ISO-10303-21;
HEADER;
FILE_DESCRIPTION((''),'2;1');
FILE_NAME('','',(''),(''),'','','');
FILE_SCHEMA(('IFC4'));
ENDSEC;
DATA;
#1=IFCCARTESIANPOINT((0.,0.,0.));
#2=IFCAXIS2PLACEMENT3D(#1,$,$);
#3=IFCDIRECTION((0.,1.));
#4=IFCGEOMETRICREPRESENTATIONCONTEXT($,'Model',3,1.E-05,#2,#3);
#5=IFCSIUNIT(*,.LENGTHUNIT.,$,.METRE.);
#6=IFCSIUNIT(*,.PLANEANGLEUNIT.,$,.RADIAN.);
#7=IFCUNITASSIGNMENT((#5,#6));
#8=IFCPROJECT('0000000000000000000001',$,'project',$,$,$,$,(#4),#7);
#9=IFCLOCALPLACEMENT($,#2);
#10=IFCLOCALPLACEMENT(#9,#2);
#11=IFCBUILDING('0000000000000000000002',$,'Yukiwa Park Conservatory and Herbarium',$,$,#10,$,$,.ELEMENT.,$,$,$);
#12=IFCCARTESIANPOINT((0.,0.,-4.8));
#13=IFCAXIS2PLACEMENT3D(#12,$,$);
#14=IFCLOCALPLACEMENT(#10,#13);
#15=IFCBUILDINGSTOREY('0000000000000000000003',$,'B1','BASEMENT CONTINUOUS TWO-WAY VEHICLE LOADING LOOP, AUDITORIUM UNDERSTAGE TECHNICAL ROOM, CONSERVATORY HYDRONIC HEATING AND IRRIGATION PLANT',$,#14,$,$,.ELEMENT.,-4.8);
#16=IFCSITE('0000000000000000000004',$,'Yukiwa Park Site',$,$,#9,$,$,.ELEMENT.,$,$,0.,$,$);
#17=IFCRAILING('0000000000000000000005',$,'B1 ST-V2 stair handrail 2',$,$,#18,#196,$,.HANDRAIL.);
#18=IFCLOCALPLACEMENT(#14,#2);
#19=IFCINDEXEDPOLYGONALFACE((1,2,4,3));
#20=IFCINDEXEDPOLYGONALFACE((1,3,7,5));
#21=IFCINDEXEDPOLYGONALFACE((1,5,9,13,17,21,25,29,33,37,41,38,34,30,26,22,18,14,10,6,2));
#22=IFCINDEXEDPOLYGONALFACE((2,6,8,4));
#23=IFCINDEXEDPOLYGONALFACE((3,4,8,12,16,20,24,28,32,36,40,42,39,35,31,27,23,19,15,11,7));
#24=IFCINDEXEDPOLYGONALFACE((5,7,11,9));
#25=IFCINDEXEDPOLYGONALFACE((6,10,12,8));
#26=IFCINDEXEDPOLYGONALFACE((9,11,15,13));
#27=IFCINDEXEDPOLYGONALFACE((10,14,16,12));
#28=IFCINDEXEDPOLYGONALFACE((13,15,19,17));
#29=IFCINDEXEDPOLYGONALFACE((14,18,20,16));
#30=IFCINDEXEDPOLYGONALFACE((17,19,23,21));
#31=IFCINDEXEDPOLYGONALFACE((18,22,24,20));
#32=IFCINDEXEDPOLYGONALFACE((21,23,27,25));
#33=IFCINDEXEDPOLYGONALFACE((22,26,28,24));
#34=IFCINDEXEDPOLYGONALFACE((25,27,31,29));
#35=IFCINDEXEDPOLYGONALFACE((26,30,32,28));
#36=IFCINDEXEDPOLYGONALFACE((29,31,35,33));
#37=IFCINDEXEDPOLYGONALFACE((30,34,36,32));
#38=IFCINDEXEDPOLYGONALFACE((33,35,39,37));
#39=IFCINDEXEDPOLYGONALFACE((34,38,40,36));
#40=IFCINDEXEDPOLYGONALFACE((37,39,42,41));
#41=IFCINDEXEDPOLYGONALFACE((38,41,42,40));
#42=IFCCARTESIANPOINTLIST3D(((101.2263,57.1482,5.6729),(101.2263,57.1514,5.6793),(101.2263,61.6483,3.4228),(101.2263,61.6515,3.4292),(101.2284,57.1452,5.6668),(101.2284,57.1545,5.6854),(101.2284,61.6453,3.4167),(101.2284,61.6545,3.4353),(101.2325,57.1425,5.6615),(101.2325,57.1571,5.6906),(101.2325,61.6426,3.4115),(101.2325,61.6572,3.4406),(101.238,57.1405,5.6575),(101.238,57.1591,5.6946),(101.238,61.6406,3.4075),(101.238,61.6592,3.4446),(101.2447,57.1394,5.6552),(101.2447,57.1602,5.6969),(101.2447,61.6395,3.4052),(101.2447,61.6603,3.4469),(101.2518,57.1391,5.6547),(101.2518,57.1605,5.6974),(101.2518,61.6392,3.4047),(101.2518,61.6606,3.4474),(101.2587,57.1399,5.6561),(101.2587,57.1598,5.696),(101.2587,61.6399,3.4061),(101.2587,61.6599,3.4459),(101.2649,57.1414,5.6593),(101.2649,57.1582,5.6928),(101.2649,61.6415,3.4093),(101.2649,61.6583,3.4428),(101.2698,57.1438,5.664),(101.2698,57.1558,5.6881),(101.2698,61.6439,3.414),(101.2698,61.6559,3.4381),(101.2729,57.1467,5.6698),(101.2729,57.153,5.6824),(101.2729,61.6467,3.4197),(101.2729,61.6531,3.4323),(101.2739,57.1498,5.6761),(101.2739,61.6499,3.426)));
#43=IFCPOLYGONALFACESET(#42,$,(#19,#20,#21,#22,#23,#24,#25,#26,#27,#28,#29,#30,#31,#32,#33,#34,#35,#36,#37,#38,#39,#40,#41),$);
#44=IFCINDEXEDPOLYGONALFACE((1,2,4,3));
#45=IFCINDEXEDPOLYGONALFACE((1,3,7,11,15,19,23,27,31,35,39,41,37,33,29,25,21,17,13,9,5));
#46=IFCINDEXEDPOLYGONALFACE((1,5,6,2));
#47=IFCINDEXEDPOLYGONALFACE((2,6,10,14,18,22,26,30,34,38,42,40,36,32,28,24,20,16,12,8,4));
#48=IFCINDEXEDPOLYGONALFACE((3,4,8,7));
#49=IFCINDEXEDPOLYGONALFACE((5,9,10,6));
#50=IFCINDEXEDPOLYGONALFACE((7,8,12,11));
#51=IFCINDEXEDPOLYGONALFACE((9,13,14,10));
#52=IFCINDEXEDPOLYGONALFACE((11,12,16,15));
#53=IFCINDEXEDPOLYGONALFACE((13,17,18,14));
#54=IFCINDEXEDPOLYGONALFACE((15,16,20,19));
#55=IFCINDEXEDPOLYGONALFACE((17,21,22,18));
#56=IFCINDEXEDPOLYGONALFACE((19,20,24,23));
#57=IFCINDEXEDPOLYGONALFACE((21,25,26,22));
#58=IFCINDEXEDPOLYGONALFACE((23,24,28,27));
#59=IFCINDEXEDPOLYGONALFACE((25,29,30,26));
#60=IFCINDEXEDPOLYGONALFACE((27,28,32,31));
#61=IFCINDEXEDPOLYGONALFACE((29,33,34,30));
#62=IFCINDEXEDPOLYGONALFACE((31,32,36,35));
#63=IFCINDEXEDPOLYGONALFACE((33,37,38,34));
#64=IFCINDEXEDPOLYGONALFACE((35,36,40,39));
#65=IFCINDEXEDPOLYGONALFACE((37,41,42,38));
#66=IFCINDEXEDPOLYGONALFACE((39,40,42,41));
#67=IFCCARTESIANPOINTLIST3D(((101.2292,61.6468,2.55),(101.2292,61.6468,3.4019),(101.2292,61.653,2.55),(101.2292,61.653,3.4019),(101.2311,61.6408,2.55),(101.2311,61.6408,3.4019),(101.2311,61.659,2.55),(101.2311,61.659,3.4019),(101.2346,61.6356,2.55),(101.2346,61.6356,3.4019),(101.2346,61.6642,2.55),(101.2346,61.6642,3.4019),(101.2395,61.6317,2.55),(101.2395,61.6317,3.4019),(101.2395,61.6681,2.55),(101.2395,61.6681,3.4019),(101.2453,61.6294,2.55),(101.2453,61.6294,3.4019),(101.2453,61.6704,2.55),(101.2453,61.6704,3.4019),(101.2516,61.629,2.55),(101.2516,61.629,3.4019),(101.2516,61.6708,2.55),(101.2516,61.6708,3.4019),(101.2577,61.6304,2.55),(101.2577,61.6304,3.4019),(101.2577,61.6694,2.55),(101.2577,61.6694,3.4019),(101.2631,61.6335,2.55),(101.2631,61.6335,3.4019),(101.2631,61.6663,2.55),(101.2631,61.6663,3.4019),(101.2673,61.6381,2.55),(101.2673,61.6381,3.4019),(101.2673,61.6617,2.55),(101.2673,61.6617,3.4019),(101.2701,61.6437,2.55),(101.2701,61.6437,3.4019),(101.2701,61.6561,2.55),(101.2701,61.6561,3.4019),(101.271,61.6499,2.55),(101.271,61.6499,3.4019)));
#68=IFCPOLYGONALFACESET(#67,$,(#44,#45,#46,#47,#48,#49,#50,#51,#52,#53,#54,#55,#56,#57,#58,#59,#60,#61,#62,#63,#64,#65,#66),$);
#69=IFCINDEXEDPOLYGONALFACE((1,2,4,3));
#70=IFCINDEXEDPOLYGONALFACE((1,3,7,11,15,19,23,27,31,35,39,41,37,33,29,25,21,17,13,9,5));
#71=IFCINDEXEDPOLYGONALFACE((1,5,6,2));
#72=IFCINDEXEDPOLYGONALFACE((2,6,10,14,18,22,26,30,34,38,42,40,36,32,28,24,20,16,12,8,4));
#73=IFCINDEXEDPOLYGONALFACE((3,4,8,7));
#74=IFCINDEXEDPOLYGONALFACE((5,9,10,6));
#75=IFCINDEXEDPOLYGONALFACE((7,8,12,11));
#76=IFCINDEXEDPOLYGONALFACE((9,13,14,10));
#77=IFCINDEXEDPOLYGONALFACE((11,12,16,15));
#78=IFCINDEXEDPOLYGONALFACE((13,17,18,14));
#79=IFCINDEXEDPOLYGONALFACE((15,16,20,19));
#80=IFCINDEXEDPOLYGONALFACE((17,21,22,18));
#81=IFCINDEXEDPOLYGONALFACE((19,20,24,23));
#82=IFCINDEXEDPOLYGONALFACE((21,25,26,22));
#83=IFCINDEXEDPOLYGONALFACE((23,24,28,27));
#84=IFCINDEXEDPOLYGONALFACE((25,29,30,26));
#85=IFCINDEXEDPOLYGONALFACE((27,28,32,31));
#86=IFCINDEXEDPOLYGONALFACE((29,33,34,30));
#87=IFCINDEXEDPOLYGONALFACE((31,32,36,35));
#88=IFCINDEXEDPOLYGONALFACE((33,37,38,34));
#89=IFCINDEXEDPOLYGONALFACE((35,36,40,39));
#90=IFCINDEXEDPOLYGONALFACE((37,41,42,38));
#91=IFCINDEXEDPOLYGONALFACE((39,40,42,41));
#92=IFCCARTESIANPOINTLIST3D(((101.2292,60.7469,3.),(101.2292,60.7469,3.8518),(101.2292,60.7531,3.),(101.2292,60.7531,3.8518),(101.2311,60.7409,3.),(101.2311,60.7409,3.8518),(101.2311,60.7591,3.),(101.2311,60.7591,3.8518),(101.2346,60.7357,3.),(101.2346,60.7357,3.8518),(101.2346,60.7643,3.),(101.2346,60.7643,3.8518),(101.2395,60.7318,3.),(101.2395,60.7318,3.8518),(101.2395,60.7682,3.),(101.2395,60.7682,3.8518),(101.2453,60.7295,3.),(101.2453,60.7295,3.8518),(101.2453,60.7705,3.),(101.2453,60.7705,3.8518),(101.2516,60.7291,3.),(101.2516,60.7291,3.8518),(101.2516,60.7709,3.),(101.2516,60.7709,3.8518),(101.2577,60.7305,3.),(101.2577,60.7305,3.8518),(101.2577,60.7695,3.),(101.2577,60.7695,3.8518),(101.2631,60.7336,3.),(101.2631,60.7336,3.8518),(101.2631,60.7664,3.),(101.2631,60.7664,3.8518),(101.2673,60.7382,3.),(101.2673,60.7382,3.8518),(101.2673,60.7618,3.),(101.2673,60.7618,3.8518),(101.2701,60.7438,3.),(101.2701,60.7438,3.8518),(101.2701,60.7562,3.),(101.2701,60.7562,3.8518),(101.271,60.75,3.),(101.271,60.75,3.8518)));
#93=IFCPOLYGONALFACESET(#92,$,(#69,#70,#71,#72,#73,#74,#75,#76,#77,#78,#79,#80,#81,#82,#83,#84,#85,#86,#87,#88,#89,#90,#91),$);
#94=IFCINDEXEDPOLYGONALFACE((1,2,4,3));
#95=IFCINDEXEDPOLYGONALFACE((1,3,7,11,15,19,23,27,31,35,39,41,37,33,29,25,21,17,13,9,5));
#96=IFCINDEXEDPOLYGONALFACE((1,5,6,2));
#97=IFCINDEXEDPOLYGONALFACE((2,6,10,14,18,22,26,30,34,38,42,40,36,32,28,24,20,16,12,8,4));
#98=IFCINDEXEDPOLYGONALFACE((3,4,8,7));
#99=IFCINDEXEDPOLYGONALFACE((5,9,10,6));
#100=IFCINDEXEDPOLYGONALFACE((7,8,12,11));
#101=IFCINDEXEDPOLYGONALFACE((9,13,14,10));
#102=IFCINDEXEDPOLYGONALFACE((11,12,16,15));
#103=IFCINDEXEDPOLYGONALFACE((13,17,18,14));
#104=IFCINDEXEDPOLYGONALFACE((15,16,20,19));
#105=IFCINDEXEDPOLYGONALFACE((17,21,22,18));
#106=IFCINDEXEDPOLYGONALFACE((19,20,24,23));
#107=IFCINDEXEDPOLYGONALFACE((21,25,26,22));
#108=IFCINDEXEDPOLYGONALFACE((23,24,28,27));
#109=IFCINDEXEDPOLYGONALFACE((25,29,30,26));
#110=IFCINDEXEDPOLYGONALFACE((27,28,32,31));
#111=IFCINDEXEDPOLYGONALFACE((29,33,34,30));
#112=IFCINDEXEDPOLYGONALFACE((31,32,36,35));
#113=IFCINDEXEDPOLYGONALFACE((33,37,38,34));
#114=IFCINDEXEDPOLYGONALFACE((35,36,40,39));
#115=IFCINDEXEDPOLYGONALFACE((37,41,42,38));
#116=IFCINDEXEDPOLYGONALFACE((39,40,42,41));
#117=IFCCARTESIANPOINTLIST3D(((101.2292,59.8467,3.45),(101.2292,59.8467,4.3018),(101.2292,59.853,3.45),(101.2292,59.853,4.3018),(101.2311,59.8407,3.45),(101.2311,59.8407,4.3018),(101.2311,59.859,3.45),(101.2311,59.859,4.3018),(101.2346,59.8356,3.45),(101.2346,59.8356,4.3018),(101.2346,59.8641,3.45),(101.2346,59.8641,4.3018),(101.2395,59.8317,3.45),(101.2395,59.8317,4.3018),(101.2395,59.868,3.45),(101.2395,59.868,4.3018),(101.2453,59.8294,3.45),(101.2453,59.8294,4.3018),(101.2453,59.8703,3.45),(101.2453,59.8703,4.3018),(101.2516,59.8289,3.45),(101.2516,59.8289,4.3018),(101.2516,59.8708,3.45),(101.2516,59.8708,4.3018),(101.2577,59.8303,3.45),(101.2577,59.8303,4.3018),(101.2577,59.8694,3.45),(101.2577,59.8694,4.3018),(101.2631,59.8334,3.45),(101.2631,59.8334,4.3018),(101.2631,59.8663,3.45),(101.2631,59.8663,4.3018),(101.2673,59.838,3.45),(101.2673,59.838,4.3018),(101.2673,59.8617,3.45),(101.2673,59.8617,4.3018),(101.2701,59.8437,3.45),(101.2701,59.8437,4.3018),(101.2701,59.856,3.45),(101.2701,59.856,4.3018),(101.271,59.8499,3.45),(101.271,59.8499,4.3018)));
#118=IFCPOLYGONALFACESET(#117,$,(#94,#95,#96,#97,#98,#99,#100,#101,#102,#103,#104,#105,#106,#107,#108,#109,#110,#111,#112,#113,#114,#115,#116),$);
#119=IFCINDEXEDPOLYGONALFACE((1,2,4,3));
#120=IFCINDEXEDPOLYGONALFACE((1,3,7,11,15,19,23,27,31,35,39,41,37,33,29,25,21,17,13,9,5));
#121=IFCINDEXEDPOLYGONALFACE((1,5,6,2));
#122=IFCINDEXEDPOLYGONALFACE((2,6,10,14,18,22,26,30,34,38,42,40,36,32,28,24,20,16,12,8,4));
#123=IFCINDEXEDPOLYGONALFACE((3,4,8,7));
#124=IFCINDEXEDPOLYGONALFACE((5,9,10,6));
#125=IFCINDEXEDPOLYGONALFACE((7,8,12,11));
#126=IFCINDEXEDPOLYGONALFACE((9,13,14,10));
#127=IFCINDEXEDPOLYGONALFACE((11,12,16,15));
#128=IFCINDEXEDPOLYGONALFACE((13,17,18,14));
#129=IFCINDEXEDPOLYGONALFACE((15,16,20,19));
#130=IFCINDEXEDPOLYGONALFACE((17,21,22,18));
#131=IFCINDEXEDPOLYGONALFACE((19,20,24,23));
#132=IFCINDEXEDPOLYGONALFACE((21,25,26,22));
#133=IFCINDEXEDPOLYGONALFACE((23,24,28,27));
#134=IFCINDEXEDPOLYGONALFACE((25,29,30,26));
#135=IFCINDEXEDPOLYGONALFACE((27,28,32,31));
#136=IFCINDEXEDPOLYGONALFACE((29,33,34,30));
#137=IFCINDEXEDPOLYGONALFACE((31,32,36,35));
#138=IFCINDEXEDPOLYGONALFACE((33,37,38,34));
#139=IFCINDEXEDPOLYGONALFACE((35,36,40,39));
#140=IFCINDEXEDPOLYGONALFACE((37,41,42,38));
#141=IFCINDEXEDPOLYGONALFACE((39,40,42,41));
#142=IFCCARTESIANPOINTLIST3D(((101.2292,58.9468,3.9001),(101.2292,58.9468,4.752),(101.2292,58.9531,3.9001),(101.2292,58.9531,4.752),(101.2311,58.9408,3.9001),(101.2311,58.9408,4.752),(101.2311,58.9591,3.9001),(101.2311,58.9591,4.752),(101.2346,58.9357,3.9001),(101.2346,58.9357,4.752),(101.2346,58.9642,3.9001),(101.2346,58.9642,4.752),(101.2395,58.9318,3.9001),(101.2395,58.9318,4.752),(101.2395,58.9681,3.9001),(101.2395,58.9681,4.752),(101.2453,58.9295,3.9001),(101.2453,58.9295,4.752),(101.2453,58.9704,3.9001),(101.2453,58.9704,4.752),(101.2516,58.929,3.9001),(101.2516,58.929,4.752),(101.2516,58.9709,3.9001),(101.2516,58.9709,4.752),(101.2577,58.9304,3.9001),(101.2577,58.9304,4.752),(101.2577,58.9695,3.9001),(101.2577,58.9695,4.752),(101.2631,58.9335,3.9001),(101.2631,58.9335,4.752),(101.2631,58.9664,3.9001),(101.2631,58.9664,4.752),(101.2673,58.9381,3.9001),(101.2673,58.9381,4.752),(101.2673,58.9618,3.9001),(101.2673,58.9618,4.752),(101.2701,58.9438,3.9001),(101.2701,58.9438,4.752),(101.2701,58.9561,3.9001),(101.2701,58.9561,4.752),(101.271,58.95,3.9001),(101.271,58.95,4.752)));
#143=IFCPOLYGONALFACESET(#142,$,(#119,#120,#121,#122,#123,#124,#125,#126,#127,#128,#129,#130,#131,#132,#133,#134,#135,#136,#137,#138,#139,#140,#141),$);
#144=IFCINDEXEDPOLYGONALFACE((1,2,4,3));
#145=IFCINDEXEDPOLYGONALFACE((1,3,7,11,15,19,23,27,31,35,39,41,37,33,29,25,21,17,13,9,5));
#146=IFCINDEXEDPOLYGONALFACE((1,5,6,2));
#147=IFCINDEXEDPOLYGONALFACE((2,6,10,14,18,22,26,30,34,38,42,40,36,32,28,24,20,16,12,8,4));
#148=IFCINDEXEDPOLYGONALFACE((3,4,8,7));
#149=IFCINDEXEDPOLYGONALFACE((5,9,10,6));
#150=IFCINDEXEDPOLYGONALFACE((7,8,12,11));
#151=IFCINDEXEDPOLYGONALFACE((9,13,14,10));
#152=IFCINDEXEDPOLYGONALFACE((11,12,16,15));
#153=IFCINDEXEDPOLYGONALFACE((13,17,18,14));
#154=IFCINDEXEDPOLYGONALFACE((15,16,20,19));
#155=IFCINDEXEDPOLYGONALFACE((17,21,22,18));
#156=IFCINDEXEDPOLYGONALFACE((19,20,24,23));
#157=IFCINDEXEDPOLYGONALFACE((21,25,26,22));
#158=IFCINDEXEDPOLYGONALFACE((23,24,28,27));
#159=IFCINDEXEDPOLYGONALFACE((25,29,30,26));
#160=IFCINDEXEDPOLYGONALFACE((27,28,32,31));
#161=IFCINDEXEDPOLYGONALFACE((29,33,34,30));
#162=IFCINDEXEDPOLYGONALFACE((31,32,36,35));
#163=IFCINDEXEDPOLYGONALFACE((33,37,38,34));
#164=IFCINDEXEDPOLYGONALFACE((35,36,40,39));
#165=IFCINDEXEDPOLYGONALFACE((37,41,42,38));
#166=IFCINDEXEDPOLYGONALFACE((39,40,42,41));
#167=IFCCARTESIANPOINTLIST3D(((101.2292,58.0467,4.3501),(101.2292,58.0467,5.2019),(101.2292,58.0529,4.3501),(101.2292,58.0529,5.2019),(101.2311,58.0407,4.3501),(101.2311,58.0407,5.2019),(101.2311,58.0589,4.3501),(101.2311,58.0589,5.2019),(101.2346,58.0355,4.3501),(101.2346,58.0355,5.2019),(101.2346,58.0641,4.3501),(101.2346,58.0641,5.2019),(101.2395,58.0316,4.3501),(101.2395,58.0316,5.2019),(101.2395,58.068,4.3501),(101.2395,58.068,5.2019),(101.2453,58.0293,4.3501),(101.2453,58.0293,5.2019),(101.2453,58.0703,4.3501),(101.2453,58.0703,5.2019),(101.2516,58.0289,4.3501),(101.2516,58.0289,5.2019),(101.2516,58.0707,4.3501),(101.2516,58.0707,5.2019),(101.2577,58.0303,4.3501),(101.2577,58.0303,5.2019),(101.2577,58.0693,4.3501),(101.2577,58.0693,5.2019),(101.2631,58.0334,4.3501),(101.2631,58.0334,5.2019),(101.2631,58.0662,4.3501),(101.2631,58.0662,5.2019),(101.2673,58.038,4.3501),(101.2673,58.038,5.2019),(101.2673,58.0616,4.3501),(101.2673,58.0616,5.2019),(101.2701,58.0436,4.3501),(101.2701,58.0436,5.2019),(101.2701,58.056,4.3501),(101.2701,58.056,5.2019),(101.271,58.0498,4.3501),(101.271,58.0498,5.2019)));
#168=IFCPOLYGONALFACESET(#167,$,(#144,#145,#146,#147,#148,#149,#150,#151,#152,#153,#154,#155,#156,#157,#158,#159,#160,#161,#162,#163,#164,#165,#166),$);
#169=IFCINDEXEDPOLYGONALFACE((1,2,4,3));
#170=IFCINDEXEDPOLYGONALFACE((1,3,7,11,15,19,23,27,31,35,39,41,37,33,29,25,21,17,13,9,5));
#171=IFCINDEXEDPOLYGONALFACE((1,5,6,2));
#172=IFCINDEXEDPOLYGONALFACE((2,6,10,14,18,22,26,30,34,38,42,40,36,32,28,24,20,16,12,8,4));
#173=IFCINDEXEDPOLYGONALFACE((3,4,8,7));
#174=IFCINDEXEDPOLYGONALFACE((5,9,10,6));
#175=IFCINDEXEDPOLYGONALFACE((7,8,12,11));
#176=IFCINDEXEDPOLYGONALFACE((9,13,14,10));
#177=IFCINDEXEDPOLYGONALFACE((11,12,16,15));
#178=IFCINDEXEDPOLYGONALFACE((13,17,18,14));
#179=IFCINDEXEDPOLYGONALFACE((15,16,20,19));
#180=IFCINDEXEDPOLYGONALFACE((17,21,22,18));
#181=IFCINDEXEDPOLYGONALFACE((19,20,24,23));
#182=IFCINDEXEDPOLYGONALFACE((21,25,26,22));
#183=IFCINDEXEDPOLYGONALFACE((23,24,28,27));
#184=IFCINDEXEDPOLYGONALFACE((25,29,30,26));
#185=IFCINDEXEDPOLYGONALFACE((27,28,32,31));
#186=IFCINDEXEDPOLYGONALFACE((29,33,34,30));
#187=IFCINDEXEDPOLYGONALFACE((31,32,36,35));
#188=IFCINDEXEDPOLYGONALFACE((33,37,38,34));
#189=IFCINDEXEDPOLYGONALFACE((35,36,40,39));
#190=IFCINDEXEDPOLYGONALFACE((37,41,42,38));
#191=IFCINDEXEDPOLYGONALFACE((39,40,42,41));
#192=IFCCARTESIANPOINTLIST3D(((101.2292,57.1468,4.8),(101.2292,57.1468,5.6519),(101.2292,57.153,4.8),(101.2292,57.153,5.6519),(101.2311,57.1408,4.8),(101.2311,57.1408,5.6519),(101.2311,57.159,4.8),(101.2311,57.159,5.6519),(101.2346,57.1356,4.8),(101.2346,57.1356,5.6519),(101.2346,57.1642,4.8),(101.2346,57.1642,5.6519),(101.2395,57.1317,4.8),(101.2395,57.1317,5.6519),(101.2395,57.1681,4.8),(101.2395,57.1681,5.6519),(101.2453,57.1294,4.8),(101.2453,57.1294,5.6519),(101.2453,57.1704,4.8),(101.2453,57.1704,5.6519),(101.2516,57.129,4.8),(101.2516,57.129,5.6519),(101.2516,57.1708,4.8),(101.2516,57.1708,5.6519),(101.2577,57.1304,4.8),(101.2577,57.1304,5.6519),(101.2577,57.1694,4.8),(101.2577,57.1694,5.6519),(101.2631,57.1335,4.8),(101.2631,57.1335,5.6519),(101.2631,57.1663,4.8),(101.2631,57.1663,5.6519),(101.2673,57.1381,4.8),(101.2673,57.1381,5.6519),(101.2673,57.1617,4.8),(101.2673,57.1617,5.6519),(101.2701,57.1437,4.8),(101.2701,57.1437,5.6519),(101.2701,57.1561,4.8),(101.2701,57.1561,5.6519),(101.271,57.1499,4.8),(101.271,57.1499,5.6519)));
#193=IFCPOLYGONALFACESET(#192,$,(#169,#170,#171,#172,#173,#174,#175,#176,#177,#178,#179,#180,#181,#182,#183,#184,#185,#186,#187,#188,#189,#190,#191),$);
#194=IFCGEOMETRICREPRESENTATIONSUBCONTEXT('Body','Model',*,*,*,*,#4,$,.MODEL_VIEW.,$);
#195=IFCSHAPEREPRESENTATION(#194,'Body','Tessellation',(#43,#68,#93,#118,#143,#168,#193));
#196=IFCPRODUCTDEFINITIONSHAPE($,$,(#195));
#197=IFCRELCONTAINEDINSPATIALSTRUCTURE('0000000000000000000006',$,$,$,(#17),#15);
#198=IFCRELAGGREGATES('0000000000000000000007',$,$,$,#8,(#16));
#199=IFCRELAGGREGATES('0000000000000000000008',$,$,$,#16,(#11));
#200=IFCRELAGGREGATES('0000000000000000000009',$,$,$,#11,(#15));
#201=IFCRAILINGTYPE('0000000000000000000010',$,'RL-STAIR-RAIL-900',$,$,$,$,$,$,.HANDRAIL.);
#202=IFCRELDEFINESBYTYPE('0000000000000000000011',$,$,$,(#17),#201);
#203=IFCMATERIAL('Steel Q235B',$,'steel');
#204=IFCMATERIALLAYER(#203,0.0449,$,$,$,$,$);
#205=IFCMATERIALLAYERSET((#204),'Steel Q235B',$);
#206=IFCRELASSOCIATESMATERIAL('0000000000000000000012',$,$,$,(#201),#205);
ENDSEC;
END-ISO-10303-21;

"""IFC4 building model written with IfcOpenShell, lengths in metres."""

from ifc_helpers import new_model, si_unit, direction, frame, origin, origin_2d, place, context, subcontext, project, spatial, circle, extrude, material, layer, layer_set, type_object, element, save


model = new_model("IFC4")

# Units and contexts
model_context = context("Model", 3, precision=1e-05, world=origin(), true_north=direction((0.0, 1.0)))
body_context = subcontext(model_context, "Body", "Model", "MODEL_VIEW")
ifc_project = project(units=[si_unit("LENGTHUNIT", "METRE"), si_unit("PLANEANGLEUNIT", "RADIAN")], contexts=[model_context])

# Site, building, storey
site_placement = place(None, origin())
site = spatial("IfcSite", under=ifc_project, at=site_placement, Name="Yukiwa Park Site", CompositionType="ELEMENT", RefElevation=0.0)
building_placement = place(site_placement, origin())
building = spatial("IfcBuilding", under=site, at=building_placement, Name="Yukiwa Park Conservatory and Herbarium", CompositionType="ELEMENT")
storey_placement = place(building_placement, frame((0.0, 0.0, -4.8)))
storey = spatial("IfcBuildingStorey", under=building, at=storey_placement, Name="B1", Description="BASEMENT CONTINUOUS TWO-WAY VEHICLE LOADING LOOP, AUDITORIUM UNDERSTAGE TECHNICAL ROOM, CONSERVATORY HYDRONIC HEATING AND IRRIGATION PLANT", CompositionType="ELEMENT", Elevation=-4.8)

# Railing
ifc_material_1 = material(Name="Steel Q235B", Category="steel")
ifc_layer_1 = layer(ifc_material_1, 0.0449)
ifc_layer_set_1 = layer_set([ifc_layer_1], Name="Steel Q235B")
railing_type = type_object("IfcRailingType", Name="RL-STAIR-RAIL-900", PredefinedType="HANDRAIL", material=ifc_layer_set_1)
railing_placement = place(storey_placement, frame((101.25, 61.6499, 2.55)))
element("IfcRailing", 1, at=railing_placement, inside=storey, type_object=railing_type, Name="B1 ST-V2 stair handrail 2", PredefinedType="HANDRAIL", context=body_context, shape_type="SweptSolid", body=[
    extrude(circle(Radius=0.0239, at=origin_2d()), frame((0.0, 0.0, 0.876), z_axis=(0.0, -0.894427, 0.447214), x_axis=(1.0, 0.0, 0.0)), (0.0, 0.0, 1.0), 5.0312),
    extrude(circle(Radius=0.021, at=origin_2d()), origin(), (0.0, 0.0, 1.0), 0.8518),
    extrude(circle(Radius=0.021, at=origin_2d()), frame((0.0, -0.8999, 0.45)), (0.0, 0.0, 1.0), 0.8518),
    extrude(circle(Radius=0.021, at=origin_2d()), frame((0.0, -1.8, 0.8999)), (0.0, 0.0, 1.0), 0.8518),
    extrude(circle(Radius=0.021, at=origin_2d()), frame((0.0, -2.7, 1.3501)), (0.0, 0.0, 1.0), 0.8518),
    extrude(circle(Radius=0.021, at=origin_2d()), frame((0.0, -3.6001, 1.8)), (0.0, 0.0, 1.0), 0.8518),
    extrude(circle(Radius=0.021, at=origin_2d()), frame((0.0, -4.5, 2.25)), (0.0, 0.0, 1.0), 0.8518),
])

save(model, "model.ifc")
